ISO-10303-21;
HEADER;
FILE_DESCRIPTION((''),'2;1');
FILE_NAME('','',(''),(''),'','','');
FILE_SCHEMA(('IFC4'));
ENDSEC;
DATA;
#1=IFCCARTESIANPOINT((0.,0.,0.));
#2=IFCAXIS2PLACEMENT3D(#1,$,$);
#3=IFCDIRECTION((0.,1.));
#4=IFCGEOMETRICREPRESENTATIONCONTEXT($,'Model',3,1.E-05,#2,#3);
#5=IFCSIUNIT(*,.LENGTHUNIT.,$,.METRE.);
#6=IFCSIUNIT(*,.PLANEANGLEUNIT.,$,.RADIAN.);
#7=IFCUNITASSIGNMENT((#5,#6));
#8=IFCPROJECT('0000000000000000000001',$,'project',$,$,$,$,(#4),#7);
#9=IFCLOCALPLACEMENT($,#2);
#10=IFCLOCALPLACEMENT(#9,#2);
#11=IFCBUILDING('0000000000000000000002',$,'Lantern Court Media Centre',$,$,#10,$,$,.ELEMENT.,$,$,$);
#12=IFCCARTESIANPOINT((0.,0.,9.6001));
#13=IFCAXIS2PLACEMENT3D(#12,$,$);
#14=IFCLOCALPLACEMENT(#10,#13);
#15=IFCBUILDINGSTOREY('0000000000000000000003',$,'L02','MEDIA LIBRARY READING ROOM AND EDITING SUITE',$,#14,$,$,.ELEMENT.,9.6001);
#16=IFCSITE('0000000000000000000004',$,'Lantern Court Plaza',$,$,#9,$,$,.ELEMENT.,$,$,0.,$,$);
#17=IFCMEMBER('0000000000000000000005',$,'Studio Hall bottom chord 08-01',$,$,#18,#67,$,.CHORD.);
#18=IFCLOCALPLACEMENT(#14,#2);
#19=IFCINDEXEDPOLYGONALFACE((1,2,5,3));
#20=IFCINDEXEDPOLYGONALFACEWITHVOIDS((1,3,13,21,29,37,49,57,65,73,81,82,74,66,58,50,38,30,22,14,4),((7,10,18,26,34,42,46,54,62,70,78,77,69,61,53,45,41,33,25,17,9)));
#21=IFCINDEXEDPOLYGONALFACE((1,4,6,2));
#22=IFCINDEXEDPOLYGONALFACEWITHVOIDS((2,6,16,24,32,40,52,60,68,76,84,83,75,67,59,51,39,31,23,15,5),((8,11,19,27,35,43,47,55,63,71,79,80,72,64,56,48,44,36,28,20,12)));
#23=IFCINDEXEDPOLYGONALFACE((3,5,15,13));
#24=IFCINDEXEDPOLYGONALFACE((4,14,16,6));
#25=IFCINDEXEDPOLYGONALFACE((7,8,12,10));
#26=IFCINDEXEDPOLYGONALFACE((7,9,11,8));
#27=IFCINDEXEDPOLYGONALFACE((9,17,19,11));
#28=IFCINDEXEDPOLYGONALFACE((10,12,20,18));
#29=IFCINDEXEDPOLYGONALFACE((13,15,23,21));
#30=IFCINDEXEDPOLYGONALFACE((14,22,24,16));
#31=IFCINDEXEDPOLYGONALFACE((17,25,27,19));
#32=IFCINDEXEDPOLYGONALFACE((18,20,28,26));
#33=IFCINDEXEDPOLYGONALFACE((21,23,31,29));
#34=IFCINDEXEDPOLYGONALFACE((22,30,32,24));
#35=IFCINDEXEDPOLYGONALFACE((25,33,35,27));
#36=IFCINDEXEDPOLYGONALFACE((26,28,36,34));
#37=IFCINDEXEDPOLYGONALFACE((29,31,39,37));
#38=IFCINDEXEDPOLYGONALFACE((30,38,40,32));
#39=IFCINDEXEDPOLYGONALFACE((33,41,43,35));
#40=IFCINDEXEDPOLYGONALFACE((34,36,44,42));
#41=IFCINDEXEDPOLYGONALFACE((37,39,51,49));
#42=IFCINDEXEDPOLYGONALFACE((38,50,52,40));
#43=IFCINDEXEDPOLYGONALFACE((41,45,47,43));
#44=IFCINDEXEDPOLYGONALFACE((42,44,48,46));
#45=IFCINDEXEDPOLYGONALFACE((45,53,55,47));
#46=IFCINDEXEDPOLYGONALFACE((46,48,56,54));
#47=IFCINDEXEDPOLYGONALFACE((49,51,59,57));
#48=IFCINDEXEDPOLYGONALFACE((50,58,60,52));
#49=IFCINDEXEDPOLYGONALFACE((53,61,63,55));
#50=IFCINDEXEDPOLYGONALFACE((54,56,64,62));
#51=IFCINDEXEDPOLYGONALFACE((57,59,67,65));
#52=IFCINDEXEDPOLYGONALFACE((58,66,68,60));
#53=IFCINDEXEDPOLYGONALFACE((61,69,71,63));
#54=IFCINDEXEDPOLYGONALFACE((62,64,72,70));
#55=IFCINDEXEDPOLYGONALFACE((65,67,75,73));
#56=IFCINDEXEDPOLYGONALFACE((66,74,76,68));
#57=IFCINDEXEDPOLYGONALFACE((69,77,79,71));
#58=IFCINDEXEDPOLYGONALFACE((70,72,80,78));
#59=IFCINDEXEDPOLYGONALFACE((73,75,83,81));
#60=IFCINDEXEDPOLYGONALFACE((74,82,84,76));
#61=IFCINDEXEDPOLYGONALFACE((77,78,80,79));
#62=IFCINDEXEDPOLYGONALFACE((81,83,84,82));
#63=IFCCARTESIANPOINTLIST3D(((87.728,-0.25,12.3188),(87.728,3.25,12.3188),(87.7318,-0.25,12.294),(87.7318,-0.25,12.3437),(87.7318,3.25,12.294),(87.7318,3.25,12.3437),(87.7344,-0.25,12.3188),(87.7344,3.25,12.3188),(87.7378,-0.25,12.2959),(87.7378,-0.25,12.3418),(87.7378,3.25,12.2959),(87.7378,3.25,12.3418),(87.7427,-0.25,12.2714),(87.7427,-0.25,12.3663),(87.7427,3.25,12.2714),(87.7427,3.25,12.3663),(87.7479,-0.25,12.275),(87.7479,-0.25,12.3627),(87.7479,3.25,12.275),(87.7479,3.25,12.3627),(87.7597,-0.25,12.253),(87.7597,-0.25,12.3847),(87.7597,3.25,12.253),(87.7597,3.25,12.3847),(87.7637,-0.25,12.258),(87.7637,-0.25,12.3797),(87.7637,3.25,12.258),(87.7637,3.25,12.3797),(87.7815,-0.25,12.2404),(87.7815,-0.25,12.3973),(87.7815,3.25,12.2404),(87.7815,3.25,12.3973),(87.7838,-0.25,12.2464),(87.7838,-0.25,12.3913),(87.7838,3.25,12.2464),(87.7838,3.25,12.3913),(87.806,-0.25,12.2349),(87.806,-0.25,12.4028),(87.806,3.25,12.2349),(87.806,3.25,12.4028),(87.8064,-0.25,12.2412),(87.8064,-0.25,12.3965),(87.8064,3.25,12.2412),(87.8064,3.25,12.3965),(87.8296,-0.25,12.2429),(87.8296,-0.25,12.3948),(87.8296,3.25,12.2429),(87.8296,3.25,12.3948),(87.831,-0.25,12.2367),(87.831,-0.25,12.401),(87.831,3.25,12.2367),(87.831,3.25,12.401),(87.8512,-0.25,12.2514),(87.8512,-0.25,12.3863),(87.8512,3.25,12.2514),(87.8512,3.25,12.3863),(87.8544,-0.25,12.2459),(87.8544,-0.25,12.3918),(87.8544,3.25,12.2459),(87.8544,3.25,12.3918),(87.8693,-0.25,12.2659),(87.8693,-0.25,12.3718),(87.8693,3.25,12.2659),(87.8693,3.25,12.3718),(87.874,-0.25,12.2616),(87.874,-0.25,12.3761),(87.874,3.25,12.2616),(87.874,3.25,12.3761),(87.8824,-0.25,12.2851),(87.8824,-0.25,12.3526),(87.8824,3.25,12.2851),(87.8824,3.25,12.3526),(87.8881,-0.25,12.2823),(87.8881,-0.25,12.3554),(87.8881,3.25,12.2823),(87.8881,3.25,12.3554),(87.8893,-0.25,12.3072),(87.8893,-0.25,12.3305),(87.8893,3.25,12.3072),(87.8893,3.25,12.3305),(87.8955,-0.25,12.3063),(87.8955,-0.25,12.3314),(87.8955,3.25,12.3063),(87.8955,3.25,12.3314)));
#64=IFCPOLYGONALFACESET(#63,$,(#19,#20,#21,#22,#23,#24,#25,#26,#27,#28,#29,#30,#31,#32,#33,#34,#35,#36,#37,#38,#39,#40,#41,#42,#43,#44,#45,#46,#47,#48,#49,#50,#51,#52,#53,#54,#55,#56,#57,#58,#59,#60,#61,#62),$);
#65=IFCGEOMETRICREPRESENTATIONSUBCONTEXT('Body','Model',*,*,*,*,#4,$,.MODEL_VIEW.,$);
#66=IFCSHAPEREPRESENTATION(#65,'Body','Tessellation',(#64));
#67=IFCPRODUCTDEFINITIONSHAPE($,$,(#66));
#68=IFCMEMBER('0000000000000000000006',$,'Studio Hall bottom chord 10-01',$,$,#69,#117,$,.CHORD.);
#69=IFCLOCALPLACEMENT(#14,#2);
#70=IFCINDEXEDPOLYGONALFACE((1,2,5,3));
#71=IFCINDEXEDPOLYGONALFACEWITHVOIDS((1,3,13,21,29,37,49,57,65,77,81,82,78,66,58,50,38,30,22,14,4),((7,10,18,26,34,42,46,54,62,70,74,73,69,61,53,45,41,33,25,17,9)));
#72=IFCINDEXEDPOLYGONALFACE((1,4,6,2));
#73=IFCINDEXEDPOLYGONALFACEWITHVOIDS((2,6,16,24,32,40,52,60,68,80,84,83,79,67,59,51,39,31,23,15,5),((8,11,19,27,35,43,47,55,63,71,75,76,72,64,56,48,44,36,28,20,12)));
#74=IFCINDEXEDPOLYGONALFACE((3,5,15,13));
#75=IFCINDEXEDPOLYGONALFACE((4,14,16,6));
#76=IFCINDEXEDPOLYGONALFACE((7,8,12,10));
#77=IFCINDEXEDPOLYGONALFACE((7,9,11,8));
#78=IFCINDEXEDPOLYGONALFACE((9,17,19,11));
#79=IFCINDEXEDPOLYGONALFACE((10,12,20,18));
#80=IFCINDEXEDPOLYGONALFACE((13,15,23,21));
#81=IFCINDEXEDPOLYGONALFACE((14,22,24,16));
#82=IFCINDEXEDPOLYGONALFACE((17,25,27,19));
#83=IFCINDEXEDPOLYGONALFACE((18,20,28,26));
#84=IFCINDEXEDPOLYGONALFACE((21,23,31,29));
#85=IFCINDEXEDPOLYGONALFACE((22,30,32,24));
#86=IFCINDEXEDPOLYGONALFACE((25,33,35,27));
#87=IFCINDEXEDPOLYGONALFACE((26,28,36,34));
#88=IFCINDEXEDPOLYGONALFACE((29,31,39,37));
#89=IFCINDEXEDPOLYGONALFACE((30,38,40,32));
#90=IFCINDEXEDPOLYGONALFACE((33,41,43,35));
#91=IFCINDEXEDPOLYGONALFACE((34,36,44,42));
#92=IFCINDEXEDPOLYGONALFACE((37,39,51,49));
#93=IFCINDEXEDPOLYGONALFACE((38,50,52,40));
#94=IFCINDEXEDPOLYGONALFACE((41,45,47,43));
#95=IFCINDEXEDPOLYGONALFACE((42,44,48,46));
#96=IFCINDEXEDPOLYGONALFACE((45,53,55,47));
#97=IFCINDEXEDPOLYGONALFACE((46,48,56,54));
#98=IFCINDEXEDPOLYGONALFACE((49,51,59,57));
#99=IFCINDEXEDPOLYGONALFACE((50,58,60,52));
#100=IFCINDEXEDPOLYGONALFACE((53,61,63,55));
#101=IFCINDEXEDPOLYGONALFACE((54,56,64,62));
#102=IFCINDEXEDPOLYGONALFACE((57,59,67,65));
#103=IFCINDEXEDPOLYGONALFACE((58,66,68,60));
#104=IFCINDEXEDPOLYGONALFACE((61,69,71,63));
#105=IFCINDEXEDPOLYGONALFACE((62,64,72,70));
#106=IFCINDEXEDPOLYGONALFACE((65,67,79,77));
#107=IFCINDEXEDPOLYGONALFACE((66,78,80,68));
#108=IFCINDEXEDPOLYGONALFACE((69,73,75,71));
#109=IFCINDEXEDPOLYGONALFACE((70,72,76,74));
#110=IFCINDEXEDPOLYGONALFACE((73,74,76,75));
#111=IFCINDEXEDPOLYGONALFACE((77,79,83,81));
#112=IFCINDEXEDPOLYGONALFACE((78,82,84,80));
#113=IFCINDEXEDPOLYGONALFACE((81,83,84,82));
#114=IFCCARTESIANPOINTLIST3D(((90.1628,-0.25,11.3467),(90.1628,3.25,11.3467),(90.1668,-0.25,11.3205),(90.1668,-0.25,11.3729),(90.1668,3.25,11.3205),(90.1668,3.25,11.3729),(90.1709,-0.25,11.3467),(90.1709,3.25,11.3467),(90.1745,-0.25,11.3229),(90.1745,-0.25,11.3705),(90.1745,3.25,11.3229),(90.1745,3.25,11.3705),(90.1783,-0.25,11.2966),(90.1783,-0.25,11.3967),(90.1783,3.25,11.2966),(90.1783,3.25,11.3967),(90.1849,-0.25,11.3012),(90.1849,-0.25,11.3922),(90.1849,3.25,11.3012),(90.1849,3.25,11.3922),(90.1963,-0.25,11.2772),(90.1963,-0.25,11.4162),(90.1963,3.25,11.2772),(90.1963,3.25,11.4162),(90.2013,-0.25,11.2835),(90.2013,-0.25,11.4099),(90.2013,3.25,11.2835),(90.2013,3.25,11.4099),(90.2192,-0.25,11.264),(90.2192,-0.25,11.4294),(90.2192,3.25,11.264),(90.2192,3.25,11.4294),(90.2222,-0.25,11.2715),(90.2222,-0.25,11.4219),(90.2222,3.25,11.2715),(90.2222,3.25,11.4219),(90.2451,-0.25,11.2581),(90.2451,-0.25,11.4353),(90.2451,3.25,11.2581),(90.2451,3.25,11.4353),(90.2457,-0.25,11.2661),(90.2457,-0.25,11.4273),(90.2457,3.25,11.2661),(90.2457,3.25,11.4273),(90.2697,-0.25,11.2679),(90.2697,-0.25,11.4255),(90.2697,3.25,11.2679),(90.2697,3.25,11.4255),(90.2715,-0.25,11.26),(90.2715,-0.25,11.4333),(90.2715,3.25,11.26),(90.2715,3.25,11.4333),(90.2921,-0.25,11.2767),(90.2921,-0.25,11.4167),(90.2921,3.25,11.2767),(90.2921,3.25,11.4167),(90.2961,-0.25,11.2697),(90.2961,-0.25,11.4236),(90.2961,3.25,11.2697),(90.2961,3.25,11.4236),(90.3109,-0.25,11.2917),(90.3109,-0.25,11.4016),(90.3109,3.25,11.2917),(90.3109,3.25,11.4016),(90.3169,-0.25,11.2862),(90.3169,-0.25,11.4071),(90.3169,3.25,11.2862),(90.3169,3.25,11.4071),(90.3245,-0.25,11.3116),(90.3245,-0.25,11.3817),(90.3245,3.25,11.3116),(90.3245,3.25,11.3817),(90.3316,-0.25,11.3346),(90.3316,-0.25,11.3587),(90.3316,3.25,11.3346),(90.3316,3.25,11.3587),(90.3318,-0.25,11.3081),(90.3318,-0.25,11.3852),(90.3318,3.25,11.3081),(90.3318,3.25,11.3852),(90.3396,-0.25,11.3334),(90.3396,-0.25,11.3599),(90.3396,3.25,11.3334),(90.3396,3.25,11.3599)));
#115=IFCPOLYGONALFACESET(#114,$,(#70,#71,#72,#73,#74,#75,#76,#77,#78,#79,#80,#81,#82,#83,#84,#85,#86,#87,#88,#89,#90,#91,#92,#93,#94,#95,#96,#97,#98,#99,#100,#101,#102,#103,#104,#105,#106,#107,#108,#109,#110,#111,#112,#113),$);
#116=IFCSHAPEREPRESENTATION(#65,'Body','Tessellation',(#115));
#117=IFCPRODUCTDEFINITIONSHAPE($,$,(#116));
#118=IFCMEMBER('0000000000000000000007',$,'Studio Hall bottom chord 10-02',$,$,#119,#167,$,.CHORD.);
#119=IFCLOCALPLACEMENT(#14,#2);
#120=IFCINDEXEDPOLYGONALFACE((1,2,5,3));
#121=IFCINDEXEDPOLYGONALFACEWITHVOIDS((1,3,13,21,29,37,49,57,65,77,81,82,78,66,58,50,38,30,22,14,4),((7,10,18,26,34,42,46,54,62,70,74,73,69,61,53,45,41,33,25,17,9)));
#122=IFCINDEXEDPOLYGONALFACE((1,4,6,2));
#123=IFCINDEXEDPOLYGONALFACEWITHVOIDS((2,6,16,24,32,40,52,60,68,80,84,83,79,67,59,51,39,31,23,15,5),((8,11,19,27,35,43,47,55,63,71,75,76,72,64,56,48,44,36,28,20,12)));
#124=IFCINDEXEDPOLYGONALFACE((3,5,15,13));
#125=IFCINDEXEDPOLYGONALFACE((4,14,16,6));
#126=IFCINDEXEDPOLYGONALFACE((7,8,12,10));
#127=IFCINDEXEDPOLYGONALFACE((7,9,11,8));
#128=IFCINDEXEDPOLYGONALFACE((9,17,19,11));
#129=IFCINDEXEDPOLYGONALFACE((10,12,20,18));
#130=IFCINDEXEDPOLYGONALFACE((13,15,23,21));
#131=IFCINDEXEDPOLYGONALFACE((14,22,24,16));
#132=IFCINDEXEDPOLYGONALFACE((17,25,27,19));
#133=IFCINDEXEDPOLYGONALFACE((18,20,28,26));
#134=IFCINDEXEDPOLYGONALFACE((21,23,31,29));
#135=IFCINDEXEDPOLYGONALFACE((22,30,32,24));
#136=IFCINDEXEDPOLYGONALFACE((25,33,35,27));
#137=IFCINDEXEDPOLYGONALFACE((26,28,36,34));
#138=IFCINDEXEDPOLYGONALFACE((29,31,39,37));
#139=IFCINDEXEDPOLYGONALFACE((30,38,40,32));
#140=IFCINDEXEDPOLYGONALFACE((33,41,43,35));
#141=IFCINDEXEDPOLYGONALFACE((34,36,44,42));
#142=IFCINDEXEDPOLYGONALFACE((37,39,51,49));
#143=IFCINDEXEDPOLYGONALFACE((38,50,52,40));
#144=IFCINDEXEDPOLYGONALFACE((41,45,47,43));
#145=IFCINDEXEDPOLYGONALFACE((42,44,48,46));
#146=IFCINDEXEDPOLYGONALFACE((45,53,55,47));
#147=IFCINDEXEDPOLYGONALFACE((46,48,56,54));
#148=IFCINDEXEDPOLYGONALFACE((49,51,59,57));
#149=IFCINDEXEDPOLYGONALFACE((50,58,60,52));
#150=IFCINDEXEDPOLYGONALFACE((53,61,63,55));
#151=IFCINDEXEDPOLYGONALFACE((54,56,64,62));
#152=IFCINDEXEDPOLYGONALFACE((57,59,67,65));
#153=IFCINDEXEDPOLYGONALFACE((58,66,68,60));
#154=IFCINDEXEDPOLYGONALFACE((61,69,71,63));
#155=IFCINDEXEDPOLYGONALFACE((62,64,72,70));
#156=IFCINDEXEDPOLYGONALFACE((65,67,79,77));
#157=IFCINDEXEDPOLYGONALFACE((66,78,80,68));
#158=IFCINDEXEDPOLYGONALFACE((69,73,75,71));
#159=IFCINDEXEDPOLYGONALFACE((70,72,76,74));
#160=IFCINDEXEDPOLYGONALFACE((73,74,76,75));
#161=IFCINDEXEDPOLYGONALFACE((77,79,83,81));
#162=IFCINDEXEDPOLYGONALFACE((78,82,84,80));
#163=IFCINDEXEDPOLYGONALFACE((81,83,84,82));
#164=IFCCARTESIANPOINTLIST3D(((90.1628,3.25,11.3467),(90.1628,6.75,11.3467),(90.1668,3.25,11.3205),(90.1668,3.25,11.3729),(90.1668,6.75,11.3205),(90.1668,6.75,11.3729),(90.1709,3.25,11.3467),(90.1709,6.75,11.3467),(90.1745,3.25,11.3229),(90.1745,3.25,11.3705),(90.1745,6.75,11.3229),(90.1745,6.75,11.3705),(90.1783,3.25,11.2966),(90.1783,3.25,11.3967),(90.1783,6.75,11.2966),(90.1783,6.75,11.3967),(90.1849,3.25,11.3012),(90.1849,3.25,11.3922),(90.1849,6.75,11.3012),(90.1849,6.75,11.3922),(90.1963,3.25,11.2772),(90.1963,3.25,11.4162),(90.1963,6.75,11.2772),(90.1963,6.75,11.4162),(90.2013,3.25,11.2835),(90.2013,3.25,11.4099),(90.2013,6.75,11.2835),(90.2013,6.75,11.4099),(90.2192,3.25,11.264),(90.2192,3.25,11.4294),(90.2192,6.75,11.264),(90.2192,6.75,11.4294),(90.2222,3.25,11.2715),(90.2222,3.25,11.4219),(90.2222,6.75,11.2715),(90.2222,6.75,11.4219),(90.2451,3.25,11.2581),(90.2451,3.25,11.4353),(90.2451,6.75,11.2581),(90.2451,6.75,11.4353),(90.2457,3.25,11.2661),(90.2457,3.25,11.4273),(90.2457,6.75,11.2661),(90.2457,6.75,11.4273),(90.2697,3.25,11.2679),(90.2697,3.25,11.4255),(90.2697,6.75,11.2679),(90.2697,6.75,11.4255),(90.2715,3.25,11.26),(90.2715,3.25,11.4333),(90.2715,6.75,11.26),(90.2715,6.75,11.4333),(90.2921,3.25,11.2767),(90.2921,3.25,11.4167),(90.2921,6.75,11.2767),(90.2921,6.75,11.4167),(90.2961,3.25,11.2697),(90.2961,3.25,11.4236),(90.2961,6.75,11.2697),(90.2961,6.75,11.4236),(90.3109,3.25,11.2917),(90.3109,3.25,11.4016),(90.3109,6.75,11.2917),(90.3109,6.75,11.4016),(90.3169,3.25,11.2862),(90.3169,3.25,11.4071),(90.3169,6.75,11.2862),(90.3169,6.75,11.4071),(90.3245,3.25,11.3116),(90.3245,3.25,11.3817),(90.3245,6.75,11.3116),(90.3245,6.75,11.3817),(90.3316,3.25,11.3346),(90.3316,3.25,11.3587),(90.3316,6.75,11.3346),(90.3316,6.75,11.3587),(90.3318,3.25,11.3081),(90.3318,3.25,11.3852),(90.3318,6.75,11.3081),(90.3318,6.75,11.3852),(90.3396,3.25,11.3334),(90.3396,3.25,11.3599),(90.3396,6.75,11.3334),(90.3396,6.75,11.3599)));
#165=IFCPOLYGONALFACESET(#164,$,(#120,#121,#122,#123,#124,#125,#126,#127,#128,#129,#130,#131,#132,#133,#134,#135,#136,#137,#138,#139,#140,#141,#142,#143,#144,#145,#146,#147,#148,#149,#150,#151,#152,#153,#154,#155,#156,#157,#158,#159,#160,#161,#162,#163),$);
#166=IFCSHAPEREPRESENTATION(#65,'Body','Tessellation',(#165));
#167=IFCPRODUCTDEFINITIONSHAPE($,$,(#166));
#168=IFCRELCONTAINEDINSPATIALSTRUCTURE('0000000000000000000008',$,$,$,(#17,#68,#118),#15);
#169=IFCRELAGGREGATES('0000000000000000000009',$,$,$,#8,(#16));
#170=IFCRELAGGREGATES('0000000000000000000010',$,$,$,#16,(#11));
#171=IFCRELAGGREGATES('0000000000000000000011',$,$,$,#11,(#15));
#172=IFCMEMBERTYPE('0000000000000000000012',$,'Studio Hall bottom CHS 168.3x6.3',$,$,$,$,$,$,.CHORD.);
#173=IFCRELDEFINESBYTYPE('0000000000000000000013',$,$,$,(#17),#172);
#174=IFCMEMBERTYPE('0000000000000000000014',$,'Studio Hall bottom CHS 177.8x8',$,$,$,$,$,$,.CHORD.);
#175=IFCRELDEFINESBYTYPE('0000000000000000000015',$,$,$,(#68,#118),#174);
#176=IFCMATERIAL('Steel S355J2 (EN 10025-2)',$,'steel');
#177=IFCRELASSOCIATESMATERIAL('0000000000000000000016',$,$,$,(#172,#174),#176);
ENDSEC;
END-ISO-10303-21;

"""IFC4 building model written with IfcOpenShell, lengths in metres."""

from ifc_helpers import new_model, si_unit, direction, frame, origin, origin_2d, place, context, subcontext, project, spatial, hollow_circle, extrude, material, material_profile, profile_set, type_object, element, save


model = new_model("IFC4")

# Units and contexts
model_context = context("Model", 3, precision=1e-05, world=origin(), true_north=direction((0.0, 1.0)))
body_context = subcontext(model_context, "Body", "Model", "MODEL_VIEW")
ifc_project = project(units=[si_unit("LENGTHUNIT", "METRE"), si_unit("PLANEANGLEUNIT", "RADIAN")], contexts=[model_context])

# Site, building, storey
site_placement = place(None, origin())
site = spatial("IfcSite", under=ifc_project, at=site_placement, Name="Lantern Court Plaza", CompositionType="ELEMENT", RefElevation=0.0)
building_placement = place(site_placement, origin())
building = spatial("IfcBuilding", under=site, at=building_placement, Name="Lantern Court Media Centre", CompositionType="ELEMENT")
storey_placement = place(building_placement, frame((0.0, 0.0, 9.6001)))
storey = spatial("IfcBuildingStorey", under=building, at=storey_placement, Name="L02", Description="MEDIA LIBRARY READING ROOM AND EDITING SUITE", CompositionType="ELEMENT", Elevation=9.6001)

# Members
ifc_material = material(Name="Steel S355J2 (EN 10025-2)", Category="steel")
ifc_material_profile_1 = material_profile(ifc_material, hollow_circle(Radius=0.0842, WallThickness=0.0063, at=origin_2d()), Name="Studio Hall bottom CHS 168.3x6.3")
ifc_profile_set_1 = profile_set([ifc_material_profile_1], Name="Steel S355J2 (EN 10025-2)")
member_type_1 = type_object("IfcMemberType", Name="Studio Hall bottom CHS 168.3x6.3", PredefinedType="CHORD", material=ifc_profile_set_1)
member_1_placement = place(storey_placement, frame((87.8123, -0.25, 12.3188), z_axis=(0.0, 1.0, 0.0), x_axis=(-1.0, 0.0, 0.0)))
element("IfcMember", 1, at=member_1_placement, inside=storey, type_object=member_type_1, Name="Studio Hall bottom chord 08-01", PredefinedType="CHORD", context=body_context, shape_type="SweptSolid", body=[
    extrude(hollow_circle(Radius=0.0842, WallThickness=0.0063, at=origin_2d()), origin(), (0.0, 0.0, 1.0), 3.5),
])
ifc_material_profile_2 = material_profile(ifc_material, hollow_circle(Radius=0.0889, WallThickness=0.0081, at=origin_2d()), Name="Studio Hall bottom CHS 177.8x8")
ifc_profile_set_2 = profile_set([ifc_material_profile_2], Name="Steel S355J2 (EN 10025-2)")
member_type_2 = type_object("IfcMemberType", Name="Studio Hall bottom CHS 177.8x8", PredefinedType="CHORD", material=ifc_profile_set_2)
for number, where, z_axis, x_axis, name in (
    (2, (90.2517, -0.25, 11.3467), (0.0, 1.0, 0.0), (-1.0, 0.0, 0.0), "Studio Hall bottom chord 10-01"),
    (3, (90.2517, 3.25, 11.3467), (0.0, 1.0, 0.0), (-1.0, 0.0, 0.0), "Studio Hall bottom chord 10-02"),
):
    element("IfcMember", number, at=place(storey_placement, frame(where, z_axis=z_axis, x_axis=x_axis)), inside=storey, type_object=member_type_2, Name=name, PredefinedType="CHORD", context=body_context, shape_type="SweptSolid", body=[
        extrude(hollow_circle(Radius=0.0889, WallThickness=0.0081, at=origin_2d()), origin(), (0.0, 0.0, 1.0), 3.5),
    ])

save(model, "model.ifc")
